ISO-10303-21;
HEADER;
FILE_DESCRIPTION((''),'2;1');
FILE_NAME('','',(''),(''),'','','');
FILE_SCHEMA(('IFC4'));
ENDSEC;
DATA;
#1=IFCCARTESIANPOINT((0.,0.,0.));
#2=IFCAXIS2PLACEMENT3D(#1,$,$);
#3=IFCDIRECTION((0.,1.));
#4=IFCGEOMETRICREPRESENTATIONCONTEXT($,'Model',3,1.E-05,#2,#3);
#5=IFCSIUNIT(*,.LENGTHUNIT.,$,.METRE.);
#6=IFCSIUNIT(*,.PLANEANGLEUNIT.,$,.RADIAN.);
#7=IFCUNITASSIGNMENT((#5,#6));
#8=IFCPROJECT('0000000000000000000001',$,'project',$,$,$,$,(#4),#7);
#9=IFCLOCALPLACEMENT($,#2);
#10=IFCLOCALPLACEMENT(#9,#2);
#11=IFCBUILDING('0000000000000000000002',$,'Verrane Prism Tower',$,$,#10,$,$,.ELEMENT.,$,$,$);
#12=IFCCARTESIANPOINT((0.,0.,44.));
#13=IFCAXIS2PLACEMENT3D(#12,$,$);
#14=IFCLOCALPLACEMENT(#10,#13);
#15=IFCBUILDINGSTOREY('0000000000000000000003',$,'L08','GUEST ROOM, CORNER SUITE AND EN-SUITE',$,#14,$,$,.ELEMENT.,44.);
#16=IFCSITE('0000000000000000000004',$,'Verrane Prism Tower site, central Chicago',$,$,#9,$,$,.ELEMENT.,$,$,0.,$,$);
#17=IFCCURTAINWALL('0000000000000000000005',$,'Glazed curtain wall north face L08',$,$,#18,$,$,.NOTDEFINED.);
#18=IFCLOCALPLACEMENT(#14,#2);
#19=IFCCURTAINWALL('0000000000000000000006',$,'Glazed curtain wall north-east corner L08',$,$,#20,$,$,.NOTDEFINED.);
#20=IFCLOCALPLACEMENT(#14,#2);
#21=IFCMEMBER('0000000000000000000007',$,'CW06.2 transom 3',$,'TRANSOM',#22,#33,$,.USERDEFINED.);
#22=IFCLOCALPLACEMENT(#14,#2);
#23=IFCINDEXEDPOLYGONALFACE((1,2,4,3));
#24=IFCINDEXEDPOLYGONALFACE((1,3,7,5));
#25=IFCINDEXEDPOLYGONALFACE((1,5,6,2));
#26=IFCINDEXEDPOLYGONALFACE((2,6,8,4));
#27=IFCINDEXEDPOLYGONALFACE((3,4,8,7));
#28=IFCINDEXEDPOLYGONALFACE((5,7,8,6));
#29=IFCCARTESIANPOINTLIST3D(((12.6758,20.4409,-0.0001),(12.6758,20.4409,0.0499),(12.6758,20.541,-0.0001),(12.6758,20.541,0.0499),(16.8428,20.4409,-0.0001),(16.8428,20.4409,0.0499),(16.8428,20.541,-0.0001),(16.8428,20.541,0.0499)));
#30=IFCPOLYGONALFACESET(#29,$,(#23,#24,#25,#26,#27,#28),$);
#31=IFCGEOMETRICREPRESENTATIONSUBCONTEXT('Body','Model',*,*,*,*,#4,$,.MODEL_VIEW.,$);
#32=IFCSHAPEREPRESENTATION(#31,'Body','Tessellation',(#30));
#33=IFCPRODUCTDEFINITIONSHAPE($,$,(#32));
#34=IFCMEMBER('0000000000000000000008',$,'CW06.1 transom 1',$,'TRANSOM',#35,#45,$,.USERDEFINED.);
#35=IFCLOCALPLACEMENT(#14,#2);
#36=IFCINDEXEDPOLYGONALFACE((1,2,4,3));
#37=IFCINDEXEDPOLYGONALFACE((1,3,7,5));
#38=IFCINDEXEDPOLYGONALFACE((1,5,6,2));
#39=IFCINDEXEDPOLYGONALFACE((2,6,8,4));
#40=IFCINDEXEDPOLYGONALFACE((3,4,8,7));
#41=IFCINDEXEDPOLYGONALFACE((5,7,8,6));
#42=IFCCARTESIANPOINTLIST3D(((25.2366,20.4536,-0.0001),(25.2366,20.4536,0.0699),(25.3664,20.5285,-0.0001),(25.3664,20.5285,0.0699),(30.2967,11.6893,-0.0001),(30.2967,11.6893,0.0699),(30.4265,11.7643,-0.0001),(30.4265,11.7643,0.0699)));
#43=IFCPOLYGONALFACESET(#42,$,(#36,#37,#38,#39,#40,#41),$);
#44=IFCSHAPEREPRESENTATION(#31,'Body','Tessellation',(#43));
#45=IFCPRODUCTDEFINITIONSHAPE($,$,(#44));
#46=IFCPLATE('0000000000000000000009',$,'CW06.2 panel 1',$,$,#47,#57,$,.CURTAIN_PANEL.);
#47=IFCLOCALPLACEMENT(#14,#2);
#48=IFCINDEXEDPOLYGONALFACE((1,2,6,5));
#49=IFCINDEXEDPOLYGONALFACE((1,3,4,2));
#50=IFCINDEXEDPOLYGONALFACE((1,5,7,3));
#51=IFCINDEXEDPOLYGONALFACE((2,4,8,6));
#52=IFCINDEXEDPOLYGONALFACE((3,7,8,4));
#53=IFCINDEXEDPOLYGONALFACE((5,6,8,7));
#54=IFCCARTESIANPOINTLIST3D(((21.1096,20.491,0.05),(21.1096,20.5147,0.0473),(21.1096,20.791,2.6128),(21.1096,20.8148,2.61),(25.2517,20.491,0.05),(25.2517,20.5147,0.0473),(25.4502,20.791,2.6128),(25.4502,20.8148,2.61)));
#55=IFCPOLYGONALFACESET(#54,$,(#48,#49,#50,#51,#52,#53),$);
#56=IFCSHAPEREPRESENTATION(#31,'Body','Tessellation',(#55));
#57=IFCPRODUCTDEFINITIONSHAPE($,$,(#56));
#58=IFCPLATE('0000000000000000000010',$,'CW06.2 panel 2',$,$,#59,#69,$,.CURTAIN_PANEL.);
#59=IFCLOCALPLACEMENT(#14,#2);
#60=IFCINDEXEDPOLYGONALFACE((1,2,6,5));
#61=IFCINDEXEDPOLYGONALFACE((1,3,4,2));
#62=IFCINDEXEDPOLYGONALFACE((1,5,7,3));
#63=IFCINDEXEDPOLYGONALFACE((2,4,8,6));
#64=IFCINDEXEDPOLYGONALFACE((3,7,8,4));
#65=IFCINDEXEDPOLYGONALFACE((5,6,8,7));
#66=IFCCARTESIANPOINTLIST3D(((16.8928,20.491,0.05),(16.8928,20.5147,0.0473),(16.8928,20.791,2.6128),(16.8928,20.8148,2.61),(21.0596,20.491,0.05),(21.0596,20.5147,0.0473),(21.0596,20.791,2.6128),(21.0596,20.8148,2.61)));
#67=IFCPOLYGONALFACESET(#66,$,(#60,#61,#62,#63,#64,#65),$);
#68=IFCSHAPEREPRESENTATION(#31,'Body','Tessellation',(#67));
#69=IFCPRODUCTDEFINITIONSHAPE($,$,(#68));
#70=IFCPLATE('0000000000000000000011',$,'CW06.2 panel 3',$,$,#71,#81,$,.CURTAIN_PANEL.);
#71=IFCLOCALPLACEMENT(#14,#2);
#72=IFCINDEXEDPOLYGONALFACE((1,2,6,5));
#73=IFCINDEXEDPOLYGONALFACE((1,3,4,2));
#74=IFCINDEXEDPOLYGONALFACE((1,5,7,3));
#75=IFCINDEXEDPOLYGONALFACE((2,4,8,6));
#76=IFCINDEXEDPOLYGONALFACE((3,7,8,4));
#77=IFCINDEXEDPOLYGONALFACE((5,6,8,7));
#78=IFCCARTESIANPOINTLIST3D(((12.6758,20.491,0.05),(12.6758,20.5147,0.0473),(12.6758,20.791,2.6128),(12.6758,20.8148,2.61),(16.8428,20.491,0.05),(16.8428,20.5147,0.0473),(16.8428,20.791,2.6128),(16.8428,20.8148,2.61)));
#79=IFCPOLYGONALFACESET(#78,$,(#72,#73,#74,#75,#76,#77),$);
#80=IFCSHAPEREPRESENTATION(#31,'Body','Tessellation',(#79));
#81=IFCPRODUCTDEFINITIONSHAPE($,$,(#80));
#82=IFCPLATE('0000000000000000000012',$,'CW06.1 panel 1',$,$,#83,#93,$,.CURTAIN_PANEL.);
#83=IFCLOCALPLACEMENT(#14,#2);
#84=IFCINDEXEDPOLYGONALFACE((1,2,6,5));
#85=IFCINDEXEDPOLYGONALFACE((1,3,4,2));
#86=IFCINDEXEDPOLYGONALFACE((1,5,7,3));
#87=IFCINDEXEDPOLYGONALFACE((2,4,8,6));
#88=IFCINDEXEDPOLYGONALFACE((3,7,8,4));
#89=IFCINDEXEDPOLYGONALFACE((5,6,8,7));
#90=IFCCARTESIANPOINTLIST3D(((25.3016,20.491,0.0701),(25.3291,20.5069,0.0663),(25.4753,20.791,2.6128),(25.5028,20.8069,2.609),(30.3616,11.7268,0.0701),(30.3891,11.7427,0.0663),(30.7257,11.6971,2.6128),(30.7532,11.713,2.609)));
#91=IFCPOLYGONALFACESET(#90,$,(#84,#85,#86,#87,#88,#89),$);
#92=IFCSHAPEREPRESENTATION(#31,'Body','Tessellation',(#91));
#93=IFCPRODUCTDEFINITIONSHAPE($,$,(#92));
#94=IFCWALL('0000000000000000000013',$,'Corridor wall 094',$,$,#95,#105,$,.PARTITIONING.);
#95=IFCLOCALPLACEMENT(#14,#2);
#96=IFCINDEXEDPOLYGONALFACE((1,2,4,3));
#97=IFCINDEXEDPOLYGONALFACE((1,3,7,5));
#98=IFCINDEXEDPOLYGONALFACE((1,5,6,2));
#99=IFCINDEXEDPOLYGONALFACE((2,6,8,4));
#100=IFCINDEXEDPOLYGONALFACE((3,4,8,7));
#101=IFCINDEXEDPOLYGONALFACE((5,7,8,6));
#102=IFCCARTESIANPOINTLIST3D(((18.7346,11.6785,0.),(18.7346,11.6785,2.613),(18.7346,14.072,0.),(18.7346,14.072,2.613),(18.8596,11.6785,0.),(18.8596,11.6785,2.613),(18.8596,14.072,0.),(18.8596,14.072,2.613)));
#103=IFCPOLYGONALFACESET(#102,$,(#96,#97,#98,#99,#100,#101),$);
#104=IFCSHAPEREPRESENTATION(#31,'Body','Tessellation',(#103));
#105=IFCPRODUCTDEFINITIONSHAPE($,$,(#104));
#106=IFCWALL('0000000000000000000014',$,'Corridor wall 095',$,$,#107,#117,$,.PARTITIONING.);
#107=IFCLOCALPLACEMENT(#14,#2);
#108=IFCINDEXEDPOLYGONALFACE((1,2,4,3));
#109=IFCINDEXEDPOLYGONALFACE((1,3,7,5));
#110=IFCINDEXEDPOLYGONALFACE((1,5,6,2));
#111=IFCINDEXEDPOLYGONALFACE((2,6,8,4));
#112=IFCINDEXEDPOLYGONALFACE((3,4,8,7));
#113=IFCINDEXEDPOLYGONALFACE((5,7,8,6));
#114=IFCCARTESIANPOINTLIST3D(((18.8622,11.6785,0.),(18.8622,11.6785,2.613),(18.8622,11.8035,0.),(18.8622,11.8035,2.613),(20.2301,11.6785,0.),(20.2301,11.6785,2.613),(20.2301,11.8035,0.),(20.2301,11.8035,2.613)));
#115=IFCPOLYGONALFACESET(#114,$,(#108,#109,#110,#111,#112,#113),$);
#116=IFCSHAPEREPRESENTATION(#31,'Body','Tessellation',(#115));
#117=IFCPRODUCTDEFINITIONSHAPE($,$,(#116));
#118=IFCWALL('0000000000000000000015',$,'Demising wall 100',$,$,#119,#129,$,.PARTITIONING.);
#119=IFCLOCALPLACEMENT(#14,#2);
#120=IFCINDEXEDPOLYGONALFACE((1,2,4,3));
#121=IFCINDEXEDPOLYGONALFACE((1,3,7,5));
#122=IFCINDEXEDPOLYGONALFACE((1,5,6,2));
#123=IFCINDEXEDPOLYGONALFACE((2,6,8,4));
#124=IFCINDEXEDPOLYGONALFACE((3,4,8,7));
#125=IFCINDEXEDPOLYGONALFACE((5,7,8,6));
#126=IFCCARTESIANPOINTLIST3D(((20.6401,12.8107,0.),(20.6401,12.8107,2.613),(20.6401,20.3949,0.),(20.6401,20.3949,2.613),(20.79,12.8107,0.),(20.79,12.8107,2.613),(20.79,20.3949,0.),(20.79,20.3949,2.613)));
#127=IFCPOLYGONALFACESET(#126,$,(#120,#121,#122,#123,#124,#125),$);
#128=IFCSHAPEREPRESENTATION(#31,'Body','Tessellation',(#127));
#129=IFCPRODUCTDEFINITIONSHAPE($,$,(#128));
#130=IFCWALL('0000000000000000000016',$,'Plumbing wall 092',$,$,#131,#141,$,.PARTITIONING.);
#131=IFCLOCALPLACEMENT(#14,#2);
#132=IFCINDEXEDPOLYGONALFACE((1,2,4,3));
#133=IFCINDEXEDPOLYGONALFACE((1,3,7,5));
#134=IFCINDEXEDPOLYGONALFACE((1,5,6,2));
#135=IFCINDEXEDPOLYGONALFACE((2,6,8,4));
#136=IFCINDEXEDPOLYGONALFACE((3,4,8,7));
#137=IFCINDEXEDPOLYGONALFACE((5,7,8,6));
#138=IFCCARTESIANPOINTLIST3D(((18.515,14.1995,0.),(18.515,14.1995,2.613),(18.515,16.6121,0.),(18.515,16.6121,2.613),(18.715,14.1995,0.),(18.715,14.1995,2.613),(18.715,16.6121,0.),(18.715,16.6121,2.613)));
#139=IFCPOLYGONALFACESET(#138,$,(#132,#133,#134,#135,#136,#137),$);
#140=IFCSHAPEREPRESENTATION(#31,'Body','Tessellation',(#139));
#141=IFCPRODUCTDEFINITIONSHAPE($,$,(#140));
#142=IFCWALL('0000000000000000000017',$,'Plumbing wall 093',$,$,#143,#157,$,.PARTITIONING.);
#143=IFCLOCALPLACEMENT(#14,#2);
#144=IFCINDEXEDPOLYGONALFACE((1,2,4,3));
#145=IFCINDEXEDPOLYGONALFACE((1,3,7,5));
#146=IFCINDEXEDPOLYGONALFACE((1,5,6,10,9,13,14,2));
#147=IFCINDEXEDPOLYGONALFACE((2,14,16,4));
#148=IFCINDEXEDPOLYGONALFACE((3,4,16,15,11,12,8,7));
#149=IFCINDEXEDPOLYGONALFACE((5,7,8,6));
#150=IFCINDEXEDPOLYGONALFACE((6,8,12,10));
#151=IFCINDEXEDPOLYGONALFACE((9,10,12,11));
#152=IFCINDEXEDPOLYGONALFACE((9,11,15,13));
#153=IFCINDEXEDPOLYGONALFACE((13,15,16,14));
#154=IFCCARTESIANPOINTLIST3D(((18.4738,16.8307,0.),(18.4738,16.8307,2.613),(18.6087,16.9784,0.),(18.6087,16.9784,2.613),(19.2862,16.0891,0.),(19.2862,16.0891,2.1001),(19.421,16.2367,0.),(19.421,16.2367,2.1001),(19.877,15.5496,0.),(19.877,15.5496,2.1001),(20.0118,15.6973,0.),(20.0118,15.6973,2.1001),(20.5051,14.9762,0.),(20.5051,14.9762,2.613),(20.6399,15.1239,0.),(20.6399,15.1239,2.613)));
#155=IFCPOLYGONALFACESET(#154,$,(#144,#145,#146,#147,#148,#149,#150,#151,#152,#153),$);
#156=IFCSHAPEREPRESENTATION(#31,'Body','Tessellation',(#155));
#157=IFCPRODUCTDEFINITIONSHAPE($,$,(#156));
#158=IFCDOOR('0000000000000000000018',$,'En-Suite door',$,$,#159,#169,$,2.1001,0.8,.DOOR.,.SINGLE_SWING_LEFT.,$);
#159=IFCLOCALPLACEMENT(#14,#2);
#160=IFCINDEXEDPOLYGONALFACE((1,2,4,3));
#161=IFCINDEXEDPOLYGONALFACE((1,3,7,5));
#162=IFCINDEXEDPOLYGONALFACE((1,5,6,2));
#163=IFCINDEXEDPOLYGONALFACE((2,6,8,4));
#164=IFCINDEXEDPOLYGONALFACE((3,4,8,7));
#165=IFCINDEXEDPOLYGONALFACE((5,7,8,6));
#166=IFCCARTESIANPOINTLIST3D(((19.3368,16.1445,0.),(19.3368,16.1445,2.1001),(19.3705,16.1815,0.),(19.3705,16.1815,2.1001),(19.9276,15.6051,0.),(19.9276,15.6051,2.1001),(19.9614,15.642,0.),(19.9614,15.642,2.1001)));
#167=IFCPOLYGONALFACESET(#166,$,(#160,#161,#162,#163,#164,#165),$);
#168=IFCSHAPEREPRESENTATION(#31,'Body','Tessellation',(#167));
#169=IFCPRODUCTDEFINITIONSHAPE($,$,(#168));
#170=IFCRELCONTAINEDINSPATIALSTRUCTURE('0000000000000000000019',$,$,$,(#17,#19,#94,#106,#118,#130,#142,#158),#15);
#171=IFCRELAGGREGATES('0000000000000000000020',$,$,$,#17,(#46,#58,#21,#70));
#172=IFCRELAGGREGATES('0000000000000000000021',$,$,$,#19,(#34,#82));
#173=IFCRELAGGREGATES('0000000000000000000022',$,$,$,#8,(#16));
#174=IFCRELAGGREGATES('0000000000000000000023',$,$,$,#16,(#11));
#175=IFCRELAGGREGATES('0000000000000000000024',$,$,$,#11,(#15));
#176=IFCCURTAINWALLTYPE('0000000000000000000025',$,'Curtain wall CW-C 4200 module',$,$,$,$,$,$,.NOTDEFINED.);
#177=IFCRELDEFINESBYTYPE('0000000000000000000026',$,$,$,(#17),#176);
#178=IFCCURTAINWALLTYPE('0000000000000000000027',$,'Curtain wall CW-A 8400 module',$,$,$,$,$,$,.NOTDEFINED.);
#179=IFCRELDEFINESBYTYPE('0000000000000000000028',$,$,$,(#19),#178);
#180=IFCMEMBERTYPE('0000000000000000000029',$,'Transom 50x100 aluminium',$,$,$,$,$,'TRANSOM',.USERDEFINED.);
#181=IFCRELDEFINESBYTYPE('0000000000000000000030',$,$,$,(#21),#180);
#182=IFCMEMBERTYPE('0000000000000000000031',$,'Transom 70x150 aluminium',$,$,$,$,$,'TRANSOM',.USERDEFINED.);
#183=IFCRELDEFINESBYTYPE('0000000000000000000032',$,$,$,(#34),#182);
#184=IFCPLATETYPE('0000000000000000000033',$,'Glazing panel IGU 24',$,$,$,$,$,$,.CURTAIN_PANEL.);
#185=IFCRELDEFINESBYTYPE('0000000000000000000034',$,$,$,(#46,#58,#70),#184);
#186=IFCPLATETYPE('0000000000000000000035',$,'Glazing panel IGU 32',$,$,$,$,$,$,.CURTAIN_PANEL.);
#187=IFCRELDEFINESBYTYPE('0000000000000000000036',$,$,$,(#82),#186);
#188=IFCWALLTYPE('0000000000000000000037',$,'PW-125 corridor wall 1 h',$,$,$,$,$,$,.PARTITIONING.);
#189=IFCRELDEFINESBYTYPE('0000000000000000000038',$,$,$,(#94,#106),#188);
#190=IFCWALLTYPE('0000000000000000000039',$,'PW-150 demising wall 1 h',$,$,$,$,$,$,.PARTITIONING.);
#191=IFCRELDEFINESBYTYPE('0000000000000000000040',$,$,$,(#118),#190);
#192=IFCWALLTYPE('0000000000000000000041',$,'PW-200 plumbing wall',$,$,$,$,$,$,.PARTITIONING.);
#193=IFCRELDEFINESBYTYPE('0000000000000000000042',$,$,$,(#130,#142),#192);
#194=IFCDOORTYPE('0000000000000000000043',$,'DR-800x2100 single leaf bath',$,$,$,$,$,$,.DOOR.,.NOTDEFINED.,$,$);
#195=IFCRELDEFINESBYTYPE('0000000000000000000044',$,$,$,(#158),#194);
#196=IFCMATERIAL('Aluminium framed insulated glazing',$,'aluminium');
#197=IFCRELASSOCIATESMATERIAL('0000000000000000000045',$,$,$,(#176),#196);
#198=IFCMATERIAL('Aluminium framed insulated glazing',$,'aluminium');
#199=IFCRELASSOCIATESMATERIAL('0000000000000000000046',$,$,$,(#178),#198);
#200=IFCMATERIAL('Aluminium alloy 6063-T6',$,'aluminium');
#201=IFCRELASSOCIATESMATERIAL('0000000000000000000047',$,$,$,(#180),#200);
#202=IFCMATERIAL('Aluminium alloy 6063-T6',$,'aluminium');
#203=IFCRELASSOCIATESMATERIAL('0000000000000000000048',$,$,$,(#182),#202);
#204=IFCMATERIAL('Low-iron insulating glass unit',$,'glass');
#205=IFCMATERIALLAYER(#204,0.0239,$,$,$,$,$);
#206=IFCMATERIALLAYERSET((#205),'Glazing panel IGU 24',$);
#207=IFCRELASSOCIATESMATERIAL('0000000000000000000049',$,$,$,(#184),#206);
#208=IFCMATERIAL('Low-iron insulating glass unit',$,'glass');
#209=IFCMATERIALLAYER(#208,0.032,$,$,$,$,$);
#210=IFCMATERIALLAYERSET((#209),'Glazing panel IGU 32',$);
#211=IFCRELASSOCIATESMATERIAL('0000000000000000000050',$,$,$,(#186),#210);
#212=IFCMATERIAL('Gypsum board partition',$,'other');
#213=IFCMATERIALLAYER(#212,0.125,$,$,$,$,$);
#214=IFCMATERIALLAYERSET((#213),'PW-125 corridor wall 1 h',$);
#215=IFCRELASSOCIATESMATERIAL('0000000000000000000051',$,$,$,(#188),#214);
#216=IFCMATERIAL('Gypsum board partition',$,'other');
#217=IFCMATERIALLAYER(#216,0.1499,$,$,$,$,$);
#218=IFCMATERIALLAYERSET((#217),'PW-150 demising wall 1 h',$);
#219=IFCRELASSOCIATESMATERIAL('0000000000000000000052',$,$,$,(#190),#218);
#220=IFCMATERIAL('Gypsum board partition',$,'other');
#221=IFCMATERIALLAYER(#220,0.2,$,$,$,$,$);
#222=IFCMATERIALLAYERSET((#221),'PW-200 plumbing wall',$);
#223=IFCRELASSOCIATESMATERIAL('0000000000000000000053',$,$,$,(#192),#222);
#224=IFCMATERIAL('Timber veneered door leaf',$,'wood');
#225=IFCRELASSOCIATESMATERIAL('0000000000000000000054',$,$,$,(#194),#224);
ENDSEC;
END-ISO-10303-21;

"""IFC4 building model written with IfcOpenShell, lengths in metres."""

from ifc_helpers import new_model, si_unit, direction, frame, frame_2d, origin, origin_2d, place, context, subcontext, project, spatial, polyline, rectangle, outline, extrude, material, layer, layer_set, material_profile, profile_set, type_object, element, fill, aggregate, save


model = new_model("IFC4")

# Units and contexts
model_context = context("Model", 3, precision=1e-05, world=origin(), true_north=direction((0.0, 1.0)))
body_context = subcontext(model_context, "Body", "Model", "MODEL_VIEW")
ifc_project = project(units=[si_unit("LENGTHUNIT", "METRE"), si_unit("PLANEANGLEUNIT", "RADIAN")], contexts=[model_context])

# Site, building, storey
site_placement = place(None, origin())
site = spatial("IfcSite", under=ifc_project, at=site_placement, Name="Verrane Prism Tower site, central Chicago", CompositionType="ELEMENT", RefElevation=0.0)
building_placement = place(site_placement, origin())
building = spatial("IfcBuilding", under=site, at=building_placement, Name="Verrane Prism Tower", CompositionType="ELEMENT")
storey_placement = place(building_placement, frame((0.0, 0.0, 44.0)))
storey = spatial("IfcBuildingStorey", under=building, at=storey_placement, Name="L08", Description="GUEST ROOM, CORNER SUITE AND EN-SUITE", CompositionType="ELEMENT", Elevation=44.0)

# Curtain wall
ifc_material_1 = material(Name="Aluminium framed insulated glazing", Category="aluminium")
curtain_wall_type_1 = type_object("IfcCurtainWallType", Name="Curtain wall CW-C 4200 module", PredefinedType="NOTDEFINED", material=ifc_material_1)
curtain_wall_1_placement = place(storey_placement, origin())
curtain_wall_1 = element("IfcCurtainWall", 1, at=curtain_wall_1_placement, inside=storey, type_object=curtain_wall_type_1, Name="Glazed curtain wall north face L08", PredefinedType="NOTDEFINED")

# Curtain wall
ifc_material_2 = material(Name="Aluminium framed insulated glazing", Category="aluminium")
curtain_wall_type_2 = type_object("IfcCurtainWallType", Name="Curtain wall CW-A 8400 module", PredefinedType="NOTDEFINED", material=ifc_material_2)
curtain_wall_2_placement = place(storey_placement, origin())
curtain_wall_2 = element("IfcCurtainWall", 2, at=curtain_wall_2_placement, inside=storey, type_object=curtain_wall_type_2, Name="Glazed curtain wall north-east corner L08", PredefinedType="NOTDEFINED")

# Members
ifc_material_3 = material(Name="Aluminium alloy 6063-T6", Category="aluminium")
ifc_material_profile_1 = material_profile(ifc_material_3, rectangle(XDim=0.1001, YDim=0.05, at=origin_2d()), Name="Transom 50x100 aluminium")
ifc_profile_set_1 = profile_set([ifc_material_profile_1], Name="Aluminium alloy 6063-T6")
member_type_1 = type_object("IfcMemberType", Name="Transom 50x100 aluminium", ElementType="TRANSOM", PredefinedType="USERDEFINED", material=ifc_profile_set_1)
member_1_placement = place(storey_placement, frame((16.8428, 20.491, 0.0249), z_axis=(-1.0, 0.0, 0.0), x_axis=(0.0, -1.0, 0.0)))
member_1 = element("IfcMember", 3, at=member_1_placement, type_object=member_type_1, Name="CW06.2 transom 3", ObjectType="TRANSOM", PredefinedType="USERDEFINED", context=body_context, shape_type="SweptSolid", body=[
    extrude(rectangle(XDim=0.1001, YDim=0.05, at=origin_2d()), origin(), (0.0, 0.0, 1.0), 4.167),
])
ifc_material_4 = material(Name="Aluminium alloy 6063-T6", Category="aluminium")
ifc_material_profile_2 = material_profile(ifc_material_4, rectangle(XDim=0.1499, YDim=0.0701, at=origin_2d()), Name="Transom 70x150 aluminium")
ifc_profile_set_2 = profile_set([ifc_material_profile_2], Name="Aluminium alloy 6063-T6")
member_type_2 = type_object("IfcMemberType", Name="Transom 70x150 aluminium", ElementType="TRANSOM", PredefinedType="USERDEFINED", material=ifc_profile_set_2)
member_2_placement = place(storey_placement, frame((30.3616, 11.7268, 0.0349), z_axis=(-0.500005, 0.866022, 0.0), x_axis=(-0.866022, -0.500005, 0.0)))
member_2 = element("IfcMember", 4, at=member_2_placement, type_object=member_type_2, Name="CW06.1 transom 1", ObjectType="TRANSOM", PredefinedType="USERDEFINED", context=body_context, shape_type="SweptSolid", body=[
    extrude(rectangle(XDim=0.1499, YDim=0.0701, at=origin_2d()), origin(), (0.0, 0.0, 1.0), 10.1201),
])

# Plates
ifc_material_5 = material(Name="Low-iron insulating glass unit", Category="glass")
ifc_layer_1 = layer(ifc_material_5, 0.0239)
ifc_layer_set_1 = layer_set([ifc_layer_1], Name="Glazing panel IGU 24")
plate_type_1 = type_object("IfcPlateType", Name="Glazing panel IGU 24", PredefinedType="CURTAIN_PANEL", material=ifc_layer_set_1)
plate_1_placement = place(storey_placement, frame((25.2517, 20.491, 0.05), z_axis=(0.0, -0.993216, 0.116287), x_axis=(-1.0, 0.0, 0.0)))
plate_1 = element("IfcPlate", 5, at=plate_1_placement, type_object=plate_type_1, Name="CW06.2 panel 1", PredefinedType="CURTAIN_PANEL", context=body_context, shape_type="SweptSolid", body=[
    extrude(outline(polyline([(0.0, 0.0), (4.1421, 0.0), (4.1421, -2.5802), (-0.1985, -2.5802), (0.0, 0.0)])), origin(), (0.0, 0.0, -1.0), 0.0239),
])
plate_2_placement = place(storey_placement, frame((21.0596, 20.491, 0.05), z_axis=(0.0, -0.993216, 0.116287), x_axis=(-1.0, 0.0, 0.0)))
plate_2 = element("IfcPlate", 6, at=plate_2_placement, type_object=plate_type_1, Name="CW06.2 panel 2", PredefinedType="CURTAIN_PANEL", context=body_context, shape_type="SweptSolid", body=[
    extrude(outline(polyline([(0.0, 0.0), (4.1667, 0.0), (4.1667, -2.5802), (0.0, -2.5802), (0.0, 0.0)])), origin(), (0.0, 0.0, -1.0), 0.0239),
])
plate_3_placement = place(storey_placement, frame((16.8428, 20.491, 0.05), z_axis=(0.0, -0.993216, 0.116287), x_axis=(-1.0, 0.0, 0.0)))
plate_3 = element("IfcPlate", 7, at=plate_3_placement, type_object=plate_type_1, Name="CW06.2 panel 3", PredefinedType="CURTAIN_PANEL", context=body_context, shape_type="SweptSolid", body=[
    extrude(outline(polyline([(0.0, 0.0), (4.167, 0.0), (4.167, -2.5802), (0.0, -2.5802), (0.0, 0.0)])), origin(), (0.0, 0.0, -1.0), 0.0239),
])
aggregate(curtain_wall_1, [plate_1, plate_2, member_1, plate_3])
ifc_material_6 = material(Name="Low-iron insulating glass unit", Category="glass")
ifc_layer_2 = layer(ifc_material_6, 0.032)
ifc_layer_set_2 = layer_set([ifc_layer_2], Name="Glazing panel IGU 32")
plate_type_2 = type_object("IfcPlateType", Name="Glazing panel IGU 32", PredefinedType="CURTAIN_PANEL", material=ifc_layer_set_2)
plate_4_placement = place(storey_placement, frame((30.3616, 11.7268, 0.0701), z_axis=(-0.860044, -0.496542, 0.117348), x_axis=(-0.499996, 0.866028, -0.000001)))
plate_4 = element("IfcPlate", 8, at=plate_4_placement, type_object=plate_type_2, Name="CW06.1 panel 1", PredefinedType="CURTAIN_PANEL", context=body_context, shape_type="SweptSolid", body=[
    extrude(outline(polyline([(0.0, 0.0), (10.12, 0.0), (10.2929, -2.5604), (-0.2078, -2.5604), (0.0, 0.0)])), origin(), (0.0, 0.0, -1.0), 0.032),
])
aggregate(curtain_wall_2, [member_2, plate_4])

# Walls
ifc_material_7 = material(Name="Gypsum board partition", Category="other")
ifc_layer_3 = layer(ifc_material_7, 0.125)
ifc_layer_set_3 = layer_set([ifc_layer_3], Name="PW-125 corridor wall 1 h")
wall_type_1 = type_object("IfcWallType", Name="PW-125 corridor wall 1 h", PredefinedType="PARTITIONING", material=ifc_layer_set_3)
wall_1_placement = place(storey_placement, frame((18.7971, 11.6785, 0.0), z_axis=(0.0, 0.0, 1.0), x_axis=(0.0, 1.0, 0.0)))
element("IfcWall", 9, at=wall_1_placement, inside=storey, type_object=wall_type_1, Name="Corridor wall 094", PredefinedType="PARTITIONING", context=body_context, shape_type="SweptSolid", body=[
    extrude(rectangle(XDim=2.3936, YDim=0.125, at=frame_2d((1.1968, 0.0))), origin(), (0.0, 0.0, 1.0), 2.613),
])
wall_2_placement = place(storey_placement, frame((18.8621, 11.741, 0.0), z_axis=(0.0, 0.0, 1.0), x_axis=(1.0, 0.0, 0.0)))
element("IfcWall", 10, at=wall_2_placement, inside=storey, type_object=wall_type_1, Name="Corridor wall 095", PredefinedType="PARTITIONING", context=body_context, shape_type="SweptSolid", body=[
    extrude(rectangle(XDim=1.3679, YDim=0.125, at=frame_2d((0.6841, 0.0))), origin(), (0.0, 0.0, 1.0), 2.613),
])
ifc_material_8 = material(Name="Gypsum board partition", Category="other")
ifc_layer_4 = layer(ifc_material_8, 0.1499)
ifc_layer_set_4 = layer_set([ifc_layer_4], Name="PW-150 demising wall 1 h")
wall_type_2 = type_object("IfcWallType", Name="PW-150 demising wall 1 h", PredefinedType="PARTITIONING", material=ifc_layer_set_4)
wall_3_placement = place(storey_placement, frame((20.7151, 12.8108, 0.0), z_axis=(0.0, 0.0, 1.0), x_axis=(0.0, 1.0, 0.0)))
element("IfcWall", 11, at=wall_3_placement, inside=storey, type_object=wall_type_2, Name="Demising wall 100", PredefinedType="PARTITIONING", context=body_context, shape_type="SweptSolid", body=[
    extrude(rectangle(XDim=7.5842, YDim=0.1499, at=frame_2d((3.792, 0.0))), origin(), (0.0, 0.0, 1.0), 2.613),
])
ifc_material_9 = material(Name="Gypsum board partition", Category="other")
ifc_layer_5 = layer(ifc_material_9, 0.2)
ifc_layer_set_5 = layer_set([ifc_layer_5], Name="PW-200 plumbing wall")
wall_type_3 = type_object("IfcWallType", Name="PW-200 plumbing wall", PredefinedType="PARTITIONING", material=ifc_layer_set_5)
wall_4_placement = place(storey_placement, frame((18.615, 14.1995, 0.0), z_axis=(0.0, 0.0, 1.0), x_axis=(0.0, 1.0, 0.0)))
element("IfcWall", 12, at=wall_4_placement, inside=storey, type_object=wall_type_3, Name="Plumbing wall 092", PredefinedType="PARTITIONING", context=body_context, shape_type="SweptSolid", body=[
    extrude(rectangle(XDim=2.4126, YDim=0.2, at=frame_2d((1.2063, 0.0))), origin(), (0.0, 0.0, 1.0), 2.613),
])

# Wall, opening, door
wall_5_placement = place(storey_placement, frame((20.5725, 15.05, 0.0), z_axis=(0.0, 0.0, 1.0), x_axis=(-0.738509, 0.674244, 0.0)))
wall_5 = element("IfcWall", 13, at=wall_5_placement, inside=storey, type_object=wall_type_3, Name="Plumbing wall 093", PredefinedType="PARTITIONING", context=body_context, shape_type="SweptSolid", body=[
    extrude(rectangle(XDim=2.7505, YDim=0.2, at=frame_2d((1.3752, 0.0))), origin(), (0.0, 0.0, 1.0), 2.613),
])
opening_placement = place(wall_5_placement, frame((0.8506, 0.0, 0.0)))
opening = element("IfcOpeningElement", 14, at=opening_placement, cuts=wall_5, PredefinedType="OPENING", context=body_context, shape_type="SweptSolid", body=[
    extrude(rectangle(XDim=0.8, YDim=2.1001, at=frame_2d((0.3999, 1.05))), frame((0.0, 0.1099, 0.0), z_axis=(0.0, -1.0, 0.0), x_axis=(1.0, 0.0, 0.0)), (0.0, 0.0, 1.0), 0.22),
])
ifc_material_10 = material(Name="Timber veneered door leaf", Category="wood")
door_type = type_object("IfcDoorType", Name="DR-800x2100 single leaf bath", OperationType="NOTDEFINED", PredefinedType="DOOR", material=ifc_material_10)
door_placement = place(opening_placement, origin())
door = element("IfcDoor", 15, at=door_placement, inside=storey, type_object=door_type, Name="En-Suite door", OperationType="SINGLE_SWING_LEFT", OverallHeight=2.1001, OverallWidth=0.8, PredefinedType="DOOR", context=body_context, shape_type="SweptSolid", body=[
    extrude(rectangle(XDim=0.8, YDim=2.1001, at=frame_2d((0.3999, 1.05))), frame((0.0, 0.0249, 0.0), z_axis=(0.0, -1.0, 0.0), x_axis=(1.0, 0.0, 0.0)), (0.0, 0.0, 1.0), 0.05),
])
fill(opening, door)

save(model, "model.ifc")
